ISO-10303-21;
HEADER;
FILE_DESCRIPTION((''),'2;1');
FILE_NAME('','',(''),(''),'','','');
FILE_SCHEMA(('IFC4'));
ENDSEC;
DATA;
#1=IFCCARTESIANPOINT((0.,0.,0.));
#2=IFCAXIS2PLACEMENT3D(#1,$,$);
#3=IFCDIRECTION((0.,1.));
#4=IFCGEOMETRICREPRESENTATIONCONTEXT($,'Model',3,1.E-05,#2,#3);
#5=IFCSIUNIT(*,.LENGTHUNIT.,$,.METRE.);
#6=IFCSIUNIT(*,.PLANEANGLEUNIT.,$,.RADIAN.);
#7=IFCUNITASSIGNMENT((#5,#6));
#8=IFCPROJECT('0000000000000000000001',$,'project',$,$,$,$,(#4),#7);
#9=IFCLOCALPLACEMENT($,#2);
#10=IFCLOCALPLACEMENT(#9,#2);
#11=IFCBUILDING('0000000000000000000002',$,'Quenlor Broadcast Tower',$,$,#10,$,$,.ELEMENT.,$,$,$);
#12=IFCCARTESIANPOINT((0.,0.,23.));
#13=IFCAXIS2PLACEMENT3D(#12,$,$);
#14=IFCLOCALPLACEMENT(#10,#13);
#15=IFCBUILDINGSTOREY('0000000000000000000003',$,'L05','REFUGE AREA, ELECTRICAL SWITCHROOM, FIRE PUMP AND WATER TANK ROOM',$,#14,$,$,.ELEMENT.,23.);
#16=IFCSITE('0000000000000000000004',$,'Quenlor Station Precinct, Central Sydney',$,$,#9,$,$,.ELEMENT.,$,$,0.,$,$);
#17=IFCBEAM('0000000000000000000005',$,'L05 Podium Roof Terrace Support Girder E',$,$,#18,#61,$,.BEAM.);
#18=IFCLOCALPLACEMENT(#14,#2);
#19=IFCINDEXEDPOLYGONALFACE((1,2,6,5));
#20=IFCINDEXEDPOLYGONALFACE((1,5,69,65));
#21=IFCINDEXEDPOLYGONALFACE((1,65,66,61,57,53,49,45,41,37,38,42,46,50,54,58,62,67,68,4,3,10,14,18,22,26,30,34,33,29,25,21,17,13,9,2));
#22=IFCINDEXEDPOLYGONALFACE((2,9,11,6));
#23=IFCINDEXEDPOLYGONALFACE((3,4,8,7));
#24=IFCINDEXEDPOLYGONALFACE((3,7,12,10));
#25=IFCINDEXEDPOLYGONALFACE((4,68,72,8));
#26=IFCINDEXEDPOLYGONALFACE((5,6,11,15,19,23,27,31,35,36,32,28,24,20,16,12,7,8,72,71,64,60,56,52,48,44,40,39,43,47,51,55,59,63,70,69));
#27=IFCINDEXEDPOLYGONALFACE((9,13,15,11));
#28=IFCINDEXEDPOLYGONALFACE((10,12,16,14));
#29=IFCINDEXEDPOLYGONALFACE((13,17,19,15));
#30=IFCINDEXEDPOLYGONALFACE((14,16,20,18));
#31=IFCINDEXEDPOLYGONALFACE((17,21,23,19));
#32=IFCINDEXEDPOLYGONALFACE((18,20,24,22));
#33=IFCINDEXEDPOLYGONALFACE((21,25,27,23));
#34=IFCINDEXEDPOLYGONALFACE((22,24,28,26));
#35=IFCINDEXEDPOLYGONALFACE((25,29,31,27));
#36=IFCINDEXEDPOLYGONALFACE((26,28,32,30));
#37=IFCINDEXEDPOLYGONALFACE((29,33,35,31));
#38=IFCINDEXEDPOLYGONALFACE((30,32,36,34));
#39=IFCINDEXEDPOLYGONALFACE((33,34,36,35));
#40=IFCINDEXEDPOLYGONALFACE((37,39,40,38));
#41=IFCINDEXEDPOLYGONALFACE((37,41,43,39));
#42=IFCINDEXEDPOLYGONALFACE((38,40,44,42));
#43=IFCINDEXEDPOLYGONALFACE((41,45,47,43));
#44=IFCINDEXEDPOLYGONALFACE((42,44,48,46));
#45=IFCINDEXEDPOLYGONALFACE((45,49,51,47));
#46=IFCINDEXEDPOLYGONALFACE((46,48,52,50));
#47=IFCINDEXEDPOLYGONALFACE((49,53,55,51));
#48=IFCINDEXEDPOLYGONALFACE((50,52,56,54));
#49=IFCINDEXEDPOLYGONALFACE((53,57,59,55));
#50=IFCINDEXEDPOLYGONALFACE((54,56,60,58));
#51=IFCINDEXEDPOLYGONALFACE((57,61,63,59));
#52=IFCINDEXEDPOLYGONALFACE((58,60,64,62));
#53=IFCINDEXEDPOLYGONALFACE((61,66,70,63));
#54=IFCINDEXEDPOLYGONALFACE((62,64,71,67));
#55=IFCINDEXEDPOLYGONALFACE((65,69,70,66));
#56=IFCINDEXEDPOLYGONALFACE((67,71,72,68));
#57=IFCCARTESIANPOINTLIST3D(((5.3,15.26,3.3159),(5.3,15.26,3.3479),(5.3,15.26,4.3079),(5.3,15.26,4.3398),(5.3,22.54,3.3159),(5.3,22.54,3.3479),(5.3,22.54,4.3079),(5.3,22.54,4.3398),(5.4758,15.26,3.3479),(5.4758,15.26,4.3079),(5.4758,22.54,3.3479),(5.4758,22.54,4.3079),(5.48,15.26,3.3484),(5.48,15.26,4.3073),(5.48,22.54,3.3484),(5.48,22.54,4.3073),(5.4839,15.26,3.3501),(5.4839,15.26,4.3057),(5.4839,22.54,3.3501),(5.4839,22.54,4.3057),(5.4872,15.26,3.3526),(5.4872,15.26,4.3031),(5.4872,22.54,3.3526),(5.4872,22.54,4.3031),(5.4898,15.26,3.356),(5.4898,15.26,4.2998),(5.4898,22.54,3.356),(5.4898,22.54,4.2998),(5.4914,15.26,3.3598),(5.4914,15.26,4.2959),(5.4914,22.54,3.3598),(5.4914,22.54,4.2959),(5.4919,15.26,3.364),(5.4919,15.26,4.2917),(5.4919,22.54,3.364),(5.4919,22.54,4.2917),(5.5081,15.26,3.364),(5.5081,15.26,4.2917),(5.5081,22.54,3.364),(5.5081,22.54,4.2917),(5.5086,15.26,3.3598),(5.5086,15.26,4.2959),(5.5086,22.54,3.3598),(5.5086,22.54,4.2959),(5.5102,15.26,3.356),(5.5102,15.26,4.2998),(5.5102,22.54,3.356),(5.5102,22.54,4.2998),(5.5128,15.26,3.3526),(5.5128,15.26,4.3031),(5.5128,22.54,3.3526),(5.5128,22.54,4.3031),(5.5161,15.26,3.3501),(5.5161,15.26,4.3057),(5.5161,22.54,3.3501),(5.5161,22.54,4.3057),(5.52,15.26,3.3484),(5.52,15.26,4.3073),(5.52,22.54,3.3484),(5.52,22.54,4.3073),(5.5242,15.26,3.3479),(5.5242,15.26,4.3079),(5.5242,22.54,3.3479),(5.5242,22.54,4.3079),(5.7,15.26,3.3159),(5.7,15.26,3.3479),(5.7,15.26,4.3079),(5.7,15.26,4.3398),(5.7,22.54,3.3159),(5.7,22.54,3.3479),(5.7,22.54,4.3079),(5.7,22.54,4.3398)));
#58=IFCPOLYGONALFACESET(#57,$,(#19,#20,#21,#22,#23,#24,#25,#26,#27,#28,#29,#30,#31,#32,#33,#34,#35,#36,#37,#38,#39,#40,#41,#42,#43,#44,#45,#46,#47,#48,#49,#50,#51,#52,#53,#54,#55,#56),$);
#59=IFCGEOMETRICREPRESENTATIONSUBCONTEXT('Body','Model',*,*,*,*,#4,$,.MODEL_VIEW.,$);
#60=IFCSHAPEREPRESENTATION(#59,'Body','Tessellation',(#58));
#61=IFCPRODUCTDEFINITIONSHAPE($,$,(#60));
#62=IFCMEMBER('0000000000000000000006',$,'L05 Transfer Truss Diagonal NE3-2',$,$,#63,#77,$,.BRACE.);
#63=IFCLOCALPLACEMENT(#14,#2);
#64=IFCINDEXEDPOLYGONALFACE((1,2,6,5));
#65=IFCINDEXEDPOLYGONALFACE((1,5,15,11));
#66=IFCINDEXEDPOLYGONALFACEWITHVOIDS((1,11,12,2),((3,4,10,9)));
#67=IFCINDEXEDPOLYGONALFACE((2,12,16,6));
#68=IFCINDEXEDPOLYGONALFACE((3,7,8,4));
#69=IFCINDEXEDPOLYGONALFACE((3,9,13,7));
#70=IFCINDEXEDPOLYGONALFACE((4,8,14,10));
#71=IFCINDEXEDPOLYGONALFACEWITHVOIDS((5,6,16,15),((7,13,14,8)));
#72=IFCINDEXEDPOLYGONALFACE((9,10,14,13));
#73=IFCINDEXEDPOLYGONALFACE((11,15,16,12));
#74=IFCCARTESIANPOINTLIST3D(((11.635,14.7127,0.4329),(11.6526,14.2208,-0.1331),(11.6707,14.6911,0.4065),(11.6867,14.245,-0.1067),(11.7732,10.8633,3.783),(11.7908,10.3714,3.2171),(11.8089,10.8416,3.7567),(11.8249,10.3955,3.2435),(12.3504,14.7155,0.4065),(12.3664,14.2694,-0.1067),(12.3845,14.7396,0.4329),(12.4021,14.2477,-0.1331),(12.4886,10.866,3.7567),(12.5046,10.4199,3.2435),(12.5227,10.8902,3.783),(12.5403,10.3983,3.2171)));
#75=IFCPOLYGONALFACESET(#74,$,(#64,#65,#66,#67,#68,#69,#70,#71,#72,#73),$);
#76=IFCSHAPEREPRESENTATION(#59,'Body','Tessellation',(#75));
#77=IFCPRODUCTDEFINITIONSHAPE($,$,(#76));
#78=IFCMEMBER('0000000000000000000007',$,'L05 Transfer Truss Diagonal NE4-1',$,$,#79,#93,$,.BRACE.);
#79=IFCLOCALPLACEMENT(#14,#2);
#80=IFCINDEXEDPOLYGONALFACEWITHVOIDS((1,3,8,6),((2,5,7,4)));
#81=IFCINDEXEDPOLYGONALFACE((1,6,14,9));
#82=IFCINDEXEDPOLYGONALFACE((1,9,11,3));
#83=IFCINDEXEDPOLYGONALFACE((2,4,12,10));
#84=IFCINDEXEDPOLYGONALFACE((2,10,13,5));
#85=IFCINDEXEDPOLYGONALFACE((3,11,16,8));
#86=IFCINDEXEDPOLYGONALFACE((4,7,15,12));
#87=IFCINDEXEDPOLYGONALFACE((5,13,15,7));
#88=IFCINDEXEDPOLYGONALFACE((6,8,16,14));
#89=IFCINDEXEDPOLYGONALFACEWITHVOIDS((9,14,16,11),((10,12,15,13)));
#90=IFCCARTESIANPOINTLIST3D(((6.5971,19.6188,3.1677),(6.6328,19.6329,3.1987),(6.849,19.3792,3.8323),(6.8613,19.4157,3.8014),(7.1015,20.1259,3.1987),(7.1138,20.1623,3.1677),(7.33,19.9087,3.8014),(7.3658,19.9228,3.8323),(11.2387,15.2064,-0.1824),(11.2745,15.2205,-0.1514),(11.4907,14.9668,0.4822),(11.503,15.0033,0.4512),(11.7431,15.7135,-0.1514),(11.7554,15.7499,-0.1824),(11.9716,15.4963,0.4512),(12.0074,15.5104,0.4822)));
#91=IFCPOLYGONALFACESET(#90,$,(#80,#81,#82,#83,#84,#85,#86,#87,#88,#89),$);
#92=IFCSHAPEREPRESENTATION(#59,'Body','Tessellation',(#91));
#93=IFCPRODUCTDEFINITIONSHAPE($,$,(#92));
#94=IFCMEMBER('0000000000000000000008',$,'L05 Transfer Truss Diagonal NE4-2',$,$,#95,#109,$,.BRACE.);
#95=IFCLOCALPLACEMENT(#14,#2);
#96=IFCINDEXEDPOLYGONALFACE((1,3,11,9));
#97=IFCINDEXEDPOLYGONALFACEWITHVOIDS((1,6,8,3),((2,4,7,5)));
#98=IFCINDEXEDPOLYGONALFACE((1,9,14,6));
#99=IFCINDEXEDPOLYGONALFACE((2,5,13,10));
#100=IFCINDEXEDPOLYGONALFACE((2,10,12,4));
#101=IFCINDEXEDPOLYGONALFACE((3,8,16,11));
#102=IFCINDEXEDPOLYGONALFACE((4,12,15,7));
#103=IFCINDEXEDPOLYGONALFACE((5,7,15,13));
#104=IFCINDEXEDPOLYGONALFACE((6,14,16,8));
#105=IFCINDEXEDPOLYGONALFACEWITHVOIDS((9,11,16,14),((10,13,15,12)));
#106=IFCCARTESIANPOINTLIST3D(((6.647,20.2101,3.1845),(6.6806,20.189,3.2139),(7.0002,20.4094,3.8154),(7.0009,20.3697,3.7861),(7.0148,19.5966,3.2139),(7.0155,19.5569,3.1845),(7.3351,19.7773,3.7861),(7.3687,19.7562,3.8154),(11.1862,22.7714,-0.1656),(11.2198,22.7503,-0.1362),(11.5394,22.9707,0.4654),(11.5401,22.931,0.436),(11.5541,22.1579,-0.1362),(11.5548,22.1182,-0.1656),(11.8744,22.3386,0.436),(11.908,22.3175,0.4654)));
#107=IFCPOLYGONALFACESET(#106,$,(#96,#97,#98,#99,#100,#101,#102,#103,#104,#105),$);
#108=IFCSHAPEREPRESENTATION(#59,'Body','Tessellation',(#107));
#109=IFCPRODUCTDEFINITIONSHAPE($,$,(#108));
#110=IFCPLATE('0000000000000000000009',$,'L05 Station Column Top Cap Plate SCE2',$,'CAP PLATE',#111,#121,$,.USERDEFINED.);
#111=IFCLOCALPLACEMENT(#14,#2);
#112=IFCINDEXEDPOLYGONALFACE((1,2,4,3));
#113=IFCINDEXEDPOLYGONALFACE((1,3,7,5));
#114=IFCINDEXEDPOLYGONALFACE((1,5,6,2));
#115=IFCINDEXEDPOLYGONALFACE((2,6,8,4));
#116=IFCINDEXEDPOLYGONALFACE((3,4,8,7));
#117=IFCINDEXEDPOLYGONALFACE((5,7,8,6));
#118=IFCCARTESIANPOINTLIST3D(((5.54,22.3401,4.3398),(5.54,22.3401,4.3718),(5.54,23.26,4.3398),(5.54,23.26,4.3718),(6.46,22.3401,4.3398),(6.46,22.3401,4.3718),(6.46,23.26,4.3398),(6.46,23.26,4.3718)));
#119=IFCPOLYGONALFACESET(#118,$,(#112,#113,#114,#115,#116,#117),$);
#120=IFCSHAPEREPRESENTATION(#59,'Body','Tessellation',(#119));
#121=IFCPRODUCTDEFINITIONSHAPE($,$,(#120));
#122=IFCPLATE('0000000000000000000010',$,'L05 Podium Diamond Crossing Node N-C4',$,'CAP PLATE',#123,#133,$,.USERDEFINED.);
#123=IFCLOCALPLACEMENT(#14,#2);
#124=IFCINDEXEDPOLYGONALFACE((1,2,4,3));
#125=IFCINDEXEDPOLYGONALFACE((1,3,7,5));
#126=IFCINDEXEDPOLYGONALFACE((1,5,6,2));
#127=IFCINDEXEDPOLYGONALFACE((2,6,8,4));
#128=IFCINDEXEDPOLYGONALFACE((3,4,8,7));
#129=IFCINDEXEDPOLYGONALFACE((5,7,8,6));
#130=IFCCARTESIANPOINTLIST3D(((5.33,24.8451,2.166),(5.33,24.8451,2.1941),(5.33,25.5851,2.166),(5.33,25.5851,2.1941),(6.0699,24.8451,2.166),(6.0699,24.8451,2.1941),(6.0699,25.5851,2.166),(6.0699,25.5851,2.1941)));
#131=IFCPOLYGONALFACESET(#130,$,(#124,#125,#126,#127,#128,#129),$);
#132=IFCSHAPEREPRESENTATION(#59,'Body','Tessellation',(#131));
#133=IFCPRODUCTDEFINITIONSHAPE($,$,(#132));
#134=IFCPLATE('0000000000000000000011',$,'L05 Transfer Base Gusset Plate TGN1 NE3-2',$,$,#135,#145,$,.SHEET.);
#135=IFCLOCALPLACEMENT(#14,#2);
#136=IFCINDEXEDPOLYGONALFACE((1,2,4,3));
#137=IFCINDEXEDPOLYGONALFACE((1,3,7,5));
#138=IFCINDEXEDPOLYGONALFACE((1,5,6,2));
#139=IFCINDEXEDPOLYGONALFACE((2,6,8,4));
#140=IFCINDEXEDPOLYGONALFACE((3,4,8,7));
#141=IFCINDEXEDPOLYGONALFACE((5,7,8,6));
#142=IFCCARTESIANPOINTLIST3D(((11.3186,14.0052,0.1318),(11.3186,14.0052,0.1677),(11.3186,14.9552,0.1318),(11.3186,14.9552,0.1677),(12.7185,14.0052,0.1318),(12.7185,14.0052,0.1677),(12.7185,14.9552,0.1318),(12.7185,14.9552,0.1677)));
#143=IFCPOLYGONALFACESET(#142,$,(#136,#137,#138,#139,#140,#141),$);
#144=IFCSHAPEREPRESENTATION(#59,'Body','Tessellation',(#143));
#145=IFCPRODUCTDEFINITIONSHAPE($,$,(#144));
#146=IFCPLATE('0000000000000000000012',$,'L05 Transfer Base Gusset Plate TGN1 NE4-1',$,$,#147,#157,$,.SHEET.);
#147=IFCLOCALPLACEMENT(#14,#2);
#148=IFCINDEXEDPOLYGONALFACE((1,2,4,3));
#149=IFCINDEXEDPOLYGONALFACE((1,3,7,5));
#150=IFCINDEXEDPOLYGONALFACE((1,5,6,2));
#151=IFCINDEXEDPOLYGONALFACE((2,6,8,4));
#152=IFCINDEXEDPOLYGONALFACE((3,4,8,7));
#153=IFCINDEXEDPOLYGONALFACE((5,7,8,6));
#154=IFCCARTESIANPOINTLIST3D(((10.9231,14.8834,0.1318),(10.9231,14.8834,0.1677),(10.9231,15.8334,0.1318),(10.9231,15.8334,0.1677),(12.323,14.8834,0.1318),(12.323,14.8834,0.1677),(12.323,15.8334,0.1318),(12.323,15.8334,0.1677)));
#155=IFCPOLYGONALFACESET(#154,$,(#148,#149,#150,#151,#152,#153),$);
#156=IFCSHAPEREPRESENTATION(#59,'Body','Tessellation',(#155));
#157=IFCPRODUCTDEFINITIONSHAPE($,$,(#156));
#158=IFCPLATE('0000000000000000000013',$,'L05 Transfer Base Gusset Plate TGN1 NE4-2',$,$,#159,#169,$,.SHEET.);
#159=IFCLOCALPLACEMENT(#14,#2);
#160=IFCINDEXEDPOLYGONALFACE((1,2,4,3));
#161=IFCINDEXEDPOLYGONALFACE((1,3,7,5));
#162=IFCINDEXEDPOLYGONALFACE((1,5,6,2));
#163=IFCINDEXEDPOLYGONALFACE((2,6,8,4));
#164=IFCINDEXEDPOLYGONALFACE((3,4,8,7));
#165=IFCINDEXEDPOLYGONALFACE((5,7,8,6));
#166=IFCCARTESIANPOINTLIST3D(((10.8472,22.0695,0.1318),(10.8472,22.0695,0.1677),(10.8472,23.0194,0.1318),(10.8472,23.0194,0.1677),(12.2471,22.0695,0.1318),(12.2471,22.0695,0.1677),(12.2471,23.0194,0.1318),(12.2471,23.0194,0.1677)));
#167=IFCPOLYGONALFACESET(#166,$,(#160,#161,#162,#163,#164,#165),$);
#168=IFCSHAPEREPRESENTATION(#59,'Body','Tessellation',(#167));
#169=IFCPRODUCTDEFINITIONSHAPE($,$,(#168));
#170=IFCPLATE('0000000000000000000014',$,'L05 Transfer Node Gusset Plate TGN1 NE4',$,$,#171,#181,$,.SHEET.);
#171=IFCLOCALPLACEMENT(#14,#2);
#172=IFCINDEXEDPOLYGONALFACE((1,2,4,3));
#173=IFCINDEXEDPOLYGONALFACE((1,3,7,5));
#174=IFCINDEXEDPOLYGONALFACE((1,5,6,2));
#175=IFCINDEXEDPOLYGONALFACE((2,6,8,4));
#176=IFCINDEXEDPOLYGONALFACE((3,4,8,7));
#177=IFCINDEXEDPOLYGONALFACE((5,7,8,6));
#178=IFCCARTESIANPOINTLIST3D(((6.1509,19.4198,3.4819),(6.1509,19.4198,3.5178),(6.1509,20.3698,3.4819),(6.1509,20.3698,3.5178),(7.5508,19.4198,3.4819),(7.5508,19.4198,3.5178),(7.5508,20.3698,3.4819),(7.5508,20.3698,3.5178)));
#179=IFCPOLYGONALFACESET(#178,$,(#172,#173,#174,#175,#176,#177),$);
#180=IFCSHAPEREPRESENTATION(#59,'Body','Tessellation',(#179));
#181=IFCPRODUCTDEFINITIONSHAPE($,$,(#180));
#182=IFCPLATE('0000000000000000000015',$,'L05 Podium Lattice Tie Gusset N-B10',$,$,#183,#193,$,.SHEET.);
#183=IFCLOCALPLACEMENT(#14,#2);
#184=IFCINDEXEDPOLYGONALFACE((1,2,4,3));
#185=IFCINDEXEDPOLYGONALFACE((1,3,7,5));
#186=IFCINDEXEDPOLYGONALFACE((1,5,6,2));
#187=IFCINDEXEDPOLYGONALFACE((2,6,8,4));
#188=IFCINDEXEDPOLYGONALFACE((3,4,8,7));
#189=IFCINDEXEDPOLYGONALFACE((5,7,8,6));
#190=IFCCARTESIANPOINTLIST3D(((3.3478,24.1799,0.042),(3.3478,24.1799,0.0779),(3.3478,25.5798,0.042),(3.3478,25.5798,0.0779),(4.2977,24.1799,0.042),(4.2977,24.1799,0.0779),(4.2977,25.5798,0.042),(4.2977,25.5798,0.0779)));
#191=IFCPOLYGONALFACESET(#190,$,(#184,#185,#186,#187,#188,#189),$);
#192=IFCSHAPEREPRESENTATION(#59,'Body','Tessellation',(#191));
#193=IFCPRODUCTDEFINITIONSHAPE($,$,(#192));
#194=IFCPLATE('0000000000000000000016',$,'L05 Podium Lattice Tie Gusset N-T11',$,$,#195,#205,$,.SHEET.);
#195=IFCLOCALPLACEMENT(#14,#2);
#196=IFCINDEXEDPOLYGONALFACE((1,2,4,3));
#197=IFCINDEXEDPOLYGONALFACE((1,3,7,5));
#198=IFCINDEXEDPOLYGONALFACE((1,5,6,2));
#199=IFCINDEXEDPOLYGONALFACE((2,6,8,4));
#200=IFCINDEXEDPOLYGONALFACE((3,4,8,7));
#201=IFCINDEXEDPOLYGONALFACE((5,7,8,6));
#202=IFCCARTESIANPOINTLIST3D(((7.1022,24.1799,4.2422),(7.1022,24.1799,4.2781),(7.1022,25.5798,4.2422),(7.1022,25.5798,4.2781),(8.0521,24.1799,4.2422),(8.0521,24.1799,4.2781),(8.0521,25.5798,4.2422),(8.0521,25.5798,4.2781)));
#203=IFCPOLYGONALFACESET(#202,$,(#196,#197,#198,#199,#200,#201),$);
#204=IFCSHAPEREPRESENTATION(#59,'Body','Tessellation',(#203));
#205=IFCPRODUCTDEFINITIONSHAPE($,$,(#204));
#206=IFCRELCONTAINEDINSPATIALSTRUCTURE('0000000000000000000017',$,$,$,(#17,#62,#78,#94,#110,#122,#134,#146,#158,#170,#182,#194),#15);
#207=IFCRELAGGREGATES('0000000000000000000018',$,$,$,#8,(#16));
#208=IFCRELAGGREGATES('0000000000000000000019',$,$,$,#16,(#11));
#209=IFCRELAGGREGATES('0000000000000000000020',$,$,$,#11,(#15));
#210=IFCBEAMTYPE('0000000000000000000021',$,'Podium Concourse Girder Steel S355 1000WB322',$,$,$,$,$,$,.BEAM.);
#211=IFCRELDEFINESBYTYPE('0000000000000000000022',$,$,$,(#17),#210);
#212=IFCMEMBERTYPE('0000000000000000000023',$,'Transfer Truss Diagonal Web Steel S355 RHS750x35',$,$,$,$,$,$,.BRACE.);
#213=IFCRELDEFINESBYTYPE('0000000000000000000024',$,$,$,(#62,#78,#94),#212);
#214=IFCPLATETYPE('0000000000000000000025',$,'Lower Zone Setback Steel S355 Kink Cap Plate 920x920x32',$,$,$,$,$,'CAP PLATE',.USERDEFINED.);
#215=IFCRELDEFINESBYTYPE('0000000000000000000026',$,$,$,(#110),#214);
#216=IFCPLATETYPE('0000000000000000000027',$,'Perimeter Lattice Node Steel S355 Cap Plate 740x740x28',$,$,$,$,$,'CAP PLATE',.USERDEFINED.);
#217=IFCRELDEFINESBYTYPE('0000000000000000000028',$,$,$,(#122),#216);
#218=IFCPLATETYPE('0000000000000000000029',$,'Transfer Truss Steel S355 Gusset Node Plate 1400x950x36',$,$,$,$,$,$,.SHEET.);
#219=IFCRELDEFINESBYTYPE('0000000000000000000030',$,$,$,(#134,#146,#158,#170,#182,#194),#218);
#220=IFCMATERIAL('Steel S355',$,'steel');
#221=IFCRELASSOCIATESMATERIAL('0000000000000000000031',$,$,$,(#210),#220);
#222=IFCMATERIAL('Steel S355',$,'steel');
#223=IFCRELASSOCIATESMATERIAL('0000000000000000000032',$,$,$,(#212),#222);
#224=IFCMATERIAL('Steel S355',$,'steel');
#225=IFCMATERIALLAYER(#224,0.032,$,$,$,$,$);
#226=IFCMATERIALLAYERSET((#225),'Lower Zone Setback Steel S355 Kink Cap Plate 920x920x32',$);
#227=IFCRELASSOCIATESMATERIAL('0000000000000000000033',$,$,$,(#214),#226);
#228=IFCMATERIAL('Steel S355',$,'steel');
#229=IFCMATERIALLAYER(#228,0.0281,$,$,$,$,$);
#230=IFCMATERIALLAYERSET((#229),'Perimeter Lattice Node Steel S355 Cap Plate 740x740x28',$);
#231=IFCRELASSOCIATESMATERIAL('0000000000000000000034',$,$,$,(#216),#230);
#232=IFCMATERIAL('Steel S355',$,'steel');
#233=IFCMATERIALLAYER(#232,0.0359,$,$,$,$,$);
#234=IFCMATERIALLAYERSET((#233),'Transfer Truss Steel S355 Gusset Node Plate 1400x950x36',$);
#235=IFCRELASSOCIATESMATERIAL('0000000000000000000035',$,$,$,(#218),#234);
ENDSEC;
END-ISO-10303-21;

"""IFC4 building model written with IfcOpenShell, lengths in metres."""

from ifc_helpers import new_model, si_unit, direction, frame, origin, origin_2d, place, context, subcontext, project, spatial, rectangle, hollow_rectangle, i_section, extrude, material, layer, layer_set, material_profile, profile_set, type_object, element, save


model = new_model("IFC4")

# Units and contexts
model_context = context("Model", 3, precision=1e-05, world=origin(), true_north=direction((0.0, 1.0)))
body_context = subcontext(model_context, "Body", "Model", "MODEL_VIEW")
ifc_project = project(units=[si_unit("LENGTHUNIT", "METRE"), si_unit("PLANEANGLEUNIT", "RADIAN")], contexts=[model_context])

# Site, building, storey
site_placement = place(None, origin())
site = spatial("IfcSite", under=ifc_project, at=site_placement, Name="Quenlor Station Precinct, Central Sydney", CompositionType="ELEMENT", RefElevation=0.0)
building_placement = place(site_placement, origin())
building = spatial("IfcBuilding", under=site, at=building_placement, Name="Quenlor Broadcast Tower", CompositionType="ELEMENT")
storey_placement = place(building_placement, frame((0.0, 0.0, 23.0)))
storey = spatial("IfcBuildingStorey", under=building, at=storey_placement, Name="L05", Description="REFUGE AREA, ELECTRICAL SWITCHROOM, FIRE PUMP AND WATER TANK ROOM", CompositionType="ELEMENT", Elevation=23.0)

# Beam
ifc_material_1 = material(Name="Steel S355", Category="steel")
ifc_material_profile_1 = material_profile(ifc_material_1, i_section(OverallWidth=0.3999, OverallDepth=1.0239, WebThickness=0.0161, FlangeThickness=0.032, FilletRadius=0.0161, at=origin_2d()))
ifc_profile_set_1 = profile_set([ifc_material_profile_1], Name="Steel S355 1000WB322")
beam_type_1 = type_object("IfcBeamType", Name="Podium Concourse Girder Steel S355 1000WB322", PredefinedType="BEAM", material=ifc_profile_set_1)
beam_1_placement = place(storey_placement, frame((5.5, 15.26, 3.8279), z_axis=(0.0, 1.0, 0.0), x_axis=(-1.0, 0.0, 0.0)))
element("IfcBeam", 1, at=beam_1_placement, inside=storey, type_object=beam_type_1, Name="L05 Podium Roof Terrace Support Girder E", PredefinedType="BEAM", context=body_context, shape_type="SweptSolid", body=[
    extrude(i_section(OverallWidth=0.3999, OverallDepth=1.0239, WebThickness=0.0161, FlangeThickness=0.032, FilletRadius=0.0161, at=origin_2d()), origin(), (0.0, 0.0, 1.0), 7.28),
])

# Members
ifc_material_2 = material(Name="Steel S355", Category="steel")
ifc_material_profile_2 = material_profile(ifc_material_2, hollow_rectangle(XDim=0.75, YDim=0.75, WallThickness=0.0349, at=origin_2d()))
ifc_profile_set_2 = profile_set([ifc_material_profile_2], Name="Steel S355 RHS750x750x35")
member_type_1 = type_object("IfcMemberType", Name="Transfer Truss Diagonal Web Steel S355 RHS750x35", PredefinedType="BRACE", material=ifc_profile_set_2)
member_1_placement = place(storey_placement, frame((12.0186, 14.4802, 0.1499), z_axis=(0.027069, -0.754055, 0.656253), x_axis=(0.999356, 0.035875, 0.0)))
element("IfcMember", 2, at=member_1_placement, inside=storey, type_object=member_type_1, Name="L05 Transfer Truss Diagonal NE3-2", PredefinedType="BRACE", context=body_context, shape_type="SweptSolid", body=[
    extrude(hollow_rectangle(XDim=0.75, YDim=0.75, WallThickness=0.0349, at=origin_2d()), origin(), (0.0, 0.0, 1.0), 5.105),
])
member_2_placement = place(storey_placement, frame((11.623, 15.3584, 0.1499), z_axis=(-0.642216, 0.610497, 0.463522), x_axis=(-0.688982, -0.724779, 0.0)))
element("IfcMember", 3, at=member_2_placement, inside=storey, type_object=member_type_1, Name="L05 Transfer Truss Diagonal NE4-1", PredefinedType="BRACE", context=body_context, shape_type="SweptSolid", body=[
    extrude(hollow_rectangle(XDim=0.75, YDim=0.75, WallThickness=0.0349, at=origin_2d()), origin(), (0.0, 0.0, 1.0), 7.2275),
])
member_3_placement = place(storey_placement, frame((11.5471, 22.5444, 0.1499), z_axis=(-0.732636, -0.413386, 0.5407), x_axis=(0.491415, -0.870926, 0.0)))
element("IfcMember", 4, at=member_3_placement, inside=storey, type_object=member_type_1, Name="L05 Transfer Truss Diagonal NE4-2", PredefinedType="BRACE", context=body_context, shape_type="SweptSolid", body=[
    extrude(hollow_rectangle(XDim=0.75, YDim=0.75, WallThickness=0.0349, at=origin_2d()), origin(), (0.0, 0.0, 1.0), 6.1958),
])

# Plates
ifc_material_3 = material(Name="Steel S355", Category="steel")
ifc_layer_1 = layer(ifc_material_3, 0.032)
ifc_layer_set_1 = layer_set([ifc_layer_1], Name="Lower Zone Setback Steel S355 Kink Cap Plate 920x920x32")
plate_type_1 = type_object("IfcPlateType", Name="Lower Zone Setback Steel S355 Kink Cap Plate 920x920x32", ElementType="CAP PLATE", PredefinedType="USERDEFINED", material=ifc_layer_set_1)
plate_1_placement = place(storey_placement, frame((6.0, 22.8, 4.3398), z_axis=(0.0, 0.0, 1.0), x_axis=(1.0, 0.0, 0.0)))
element("IfcPlate", 5, at=plate_1_placement, inside=storey, type_object=plate_type_1, Name="L05 Station Column Top Cap Plate SCE2", ObjectType="CAP PLATE", PredefinedType="USERDEFINED", context=body_context, shape_type="SweptSolid", body=[
    extrude(rectangle(XDim=0.9199, YDim=0.9199, at=origin_2d()), origin(), (0.0, 0.0, 1.0), 0.032),
])
ifc_material_4 = material(Name="Steel S355", Category="steel")
ifc_layer_2 = layer(ifc_material_4, 0.0281)
ifc_layer_set_2 = layer_set([ifc_layer_2], Name="Perimeter Lattice Node Steel S355 Cap Plate 740x740x28")
plate_type_2 = type_object("IfcPlateType", Name="Perimeter Lattice Node Steel S355 Cap Plate 740x740x28", ElementType="CAP PLATE", PredefinedType="USERDEFINED", material=ifc_layer_set_2)
plate_2_placement = place(storey_placement, frame((5.7, 25.2151, 2.166), z_axis=(0.0, 0.0, 1.0), x_axis=(1.0, 0.0, 0.0)))
element("IfcPlate", 6, at=plate_2_placement, inside=storey, type_object=plate_type_2, Name="L05 Podium Diamond Crossing Node N-C4", ObjectType="CAP PLATE", PredefinedType="USERDEFINED", context=body_context, shape_type="SweptSolid", body=[
    extrude(rectangle(XDim=0.74, YDim=0.74, at=origin_2d()), origin(), (0.0, 0.0, 1.0), 0.0281),
])
ifc_material_5 = material(Name="Steel S355", Category="steel")
ifc_layer_3 = layer(ifc_material_5, 0.0359)
ifc_layer_set_3 = layer_set([ifc_layer_3], Name="Transfer Truss Steel S355 Gusset Node Plate 1400x950x36")
plate_type_3 = type_object("IfcPlateType", Name="Transfer Truss Steel S355 Gusset Node Plate 1400x950x36", PredefinedType="SHEET", material=ifc_layer_set_3)
for number, where, z_axis, x_axis, name in (
    (7, (12.0186, 14.4802, 0.1318), (0.0, 0.0, 1.0), (1.0, 0.0, 0.0), "L05 Transfer Base Gusset Plate TGN1 NE3-2"),
    (8, (11.623, 15.3584, 0.1318), (0.0, 0.0, 1.0), (1.0, 0.0, 0.0), "L05 Transfer Base Gusset Plate TGN1 NE4-1"),
    (9, (11.5471, 22.5444, 0.1318), (0.0, 0.0, 1.0), (1.0, 0.0, 0.0), "L05 Transfer Base Gusset Plate TGN1 NE4-2"),
    (10, (6.8508, 19.8948, 3.4819), (0.0, 0.0, 1.0), (1.0, 0.0, 0.0), "L05 Transfer Node Gusset Plate TGN1 NE4"),
    (11, (3.8228, 24.8799, 0.042), (0.0, 0.0, 1.0), (0.0, 1.0, 0.0), "L05 Podium Lattice Tie Gusset N-B10"),
    (12, (7.5771, 24.8799, 4.2422), (0.0, 0.0, 1.0), (0.0, 1.0, 0.0), "L05 Podium Lattice Tie Gusset N-T11"),
):
    element("IfcPlate", number, at=place(storey_placement, frame(where, z_axis=z_axis, x_axis=x_axis)), inside=storey, type_object=plate_type_3, Name=name, PredefinedType="SHEET", context=body_context, shape_type="SweptSolid", body=[
        extrude(rectangle(XDim=1.3999, YDim=0.95, at=origin_2d()), origin(), (0.0, 0.0, 1.0), 0.0359),
    ])

save(model, "model.ifc")
